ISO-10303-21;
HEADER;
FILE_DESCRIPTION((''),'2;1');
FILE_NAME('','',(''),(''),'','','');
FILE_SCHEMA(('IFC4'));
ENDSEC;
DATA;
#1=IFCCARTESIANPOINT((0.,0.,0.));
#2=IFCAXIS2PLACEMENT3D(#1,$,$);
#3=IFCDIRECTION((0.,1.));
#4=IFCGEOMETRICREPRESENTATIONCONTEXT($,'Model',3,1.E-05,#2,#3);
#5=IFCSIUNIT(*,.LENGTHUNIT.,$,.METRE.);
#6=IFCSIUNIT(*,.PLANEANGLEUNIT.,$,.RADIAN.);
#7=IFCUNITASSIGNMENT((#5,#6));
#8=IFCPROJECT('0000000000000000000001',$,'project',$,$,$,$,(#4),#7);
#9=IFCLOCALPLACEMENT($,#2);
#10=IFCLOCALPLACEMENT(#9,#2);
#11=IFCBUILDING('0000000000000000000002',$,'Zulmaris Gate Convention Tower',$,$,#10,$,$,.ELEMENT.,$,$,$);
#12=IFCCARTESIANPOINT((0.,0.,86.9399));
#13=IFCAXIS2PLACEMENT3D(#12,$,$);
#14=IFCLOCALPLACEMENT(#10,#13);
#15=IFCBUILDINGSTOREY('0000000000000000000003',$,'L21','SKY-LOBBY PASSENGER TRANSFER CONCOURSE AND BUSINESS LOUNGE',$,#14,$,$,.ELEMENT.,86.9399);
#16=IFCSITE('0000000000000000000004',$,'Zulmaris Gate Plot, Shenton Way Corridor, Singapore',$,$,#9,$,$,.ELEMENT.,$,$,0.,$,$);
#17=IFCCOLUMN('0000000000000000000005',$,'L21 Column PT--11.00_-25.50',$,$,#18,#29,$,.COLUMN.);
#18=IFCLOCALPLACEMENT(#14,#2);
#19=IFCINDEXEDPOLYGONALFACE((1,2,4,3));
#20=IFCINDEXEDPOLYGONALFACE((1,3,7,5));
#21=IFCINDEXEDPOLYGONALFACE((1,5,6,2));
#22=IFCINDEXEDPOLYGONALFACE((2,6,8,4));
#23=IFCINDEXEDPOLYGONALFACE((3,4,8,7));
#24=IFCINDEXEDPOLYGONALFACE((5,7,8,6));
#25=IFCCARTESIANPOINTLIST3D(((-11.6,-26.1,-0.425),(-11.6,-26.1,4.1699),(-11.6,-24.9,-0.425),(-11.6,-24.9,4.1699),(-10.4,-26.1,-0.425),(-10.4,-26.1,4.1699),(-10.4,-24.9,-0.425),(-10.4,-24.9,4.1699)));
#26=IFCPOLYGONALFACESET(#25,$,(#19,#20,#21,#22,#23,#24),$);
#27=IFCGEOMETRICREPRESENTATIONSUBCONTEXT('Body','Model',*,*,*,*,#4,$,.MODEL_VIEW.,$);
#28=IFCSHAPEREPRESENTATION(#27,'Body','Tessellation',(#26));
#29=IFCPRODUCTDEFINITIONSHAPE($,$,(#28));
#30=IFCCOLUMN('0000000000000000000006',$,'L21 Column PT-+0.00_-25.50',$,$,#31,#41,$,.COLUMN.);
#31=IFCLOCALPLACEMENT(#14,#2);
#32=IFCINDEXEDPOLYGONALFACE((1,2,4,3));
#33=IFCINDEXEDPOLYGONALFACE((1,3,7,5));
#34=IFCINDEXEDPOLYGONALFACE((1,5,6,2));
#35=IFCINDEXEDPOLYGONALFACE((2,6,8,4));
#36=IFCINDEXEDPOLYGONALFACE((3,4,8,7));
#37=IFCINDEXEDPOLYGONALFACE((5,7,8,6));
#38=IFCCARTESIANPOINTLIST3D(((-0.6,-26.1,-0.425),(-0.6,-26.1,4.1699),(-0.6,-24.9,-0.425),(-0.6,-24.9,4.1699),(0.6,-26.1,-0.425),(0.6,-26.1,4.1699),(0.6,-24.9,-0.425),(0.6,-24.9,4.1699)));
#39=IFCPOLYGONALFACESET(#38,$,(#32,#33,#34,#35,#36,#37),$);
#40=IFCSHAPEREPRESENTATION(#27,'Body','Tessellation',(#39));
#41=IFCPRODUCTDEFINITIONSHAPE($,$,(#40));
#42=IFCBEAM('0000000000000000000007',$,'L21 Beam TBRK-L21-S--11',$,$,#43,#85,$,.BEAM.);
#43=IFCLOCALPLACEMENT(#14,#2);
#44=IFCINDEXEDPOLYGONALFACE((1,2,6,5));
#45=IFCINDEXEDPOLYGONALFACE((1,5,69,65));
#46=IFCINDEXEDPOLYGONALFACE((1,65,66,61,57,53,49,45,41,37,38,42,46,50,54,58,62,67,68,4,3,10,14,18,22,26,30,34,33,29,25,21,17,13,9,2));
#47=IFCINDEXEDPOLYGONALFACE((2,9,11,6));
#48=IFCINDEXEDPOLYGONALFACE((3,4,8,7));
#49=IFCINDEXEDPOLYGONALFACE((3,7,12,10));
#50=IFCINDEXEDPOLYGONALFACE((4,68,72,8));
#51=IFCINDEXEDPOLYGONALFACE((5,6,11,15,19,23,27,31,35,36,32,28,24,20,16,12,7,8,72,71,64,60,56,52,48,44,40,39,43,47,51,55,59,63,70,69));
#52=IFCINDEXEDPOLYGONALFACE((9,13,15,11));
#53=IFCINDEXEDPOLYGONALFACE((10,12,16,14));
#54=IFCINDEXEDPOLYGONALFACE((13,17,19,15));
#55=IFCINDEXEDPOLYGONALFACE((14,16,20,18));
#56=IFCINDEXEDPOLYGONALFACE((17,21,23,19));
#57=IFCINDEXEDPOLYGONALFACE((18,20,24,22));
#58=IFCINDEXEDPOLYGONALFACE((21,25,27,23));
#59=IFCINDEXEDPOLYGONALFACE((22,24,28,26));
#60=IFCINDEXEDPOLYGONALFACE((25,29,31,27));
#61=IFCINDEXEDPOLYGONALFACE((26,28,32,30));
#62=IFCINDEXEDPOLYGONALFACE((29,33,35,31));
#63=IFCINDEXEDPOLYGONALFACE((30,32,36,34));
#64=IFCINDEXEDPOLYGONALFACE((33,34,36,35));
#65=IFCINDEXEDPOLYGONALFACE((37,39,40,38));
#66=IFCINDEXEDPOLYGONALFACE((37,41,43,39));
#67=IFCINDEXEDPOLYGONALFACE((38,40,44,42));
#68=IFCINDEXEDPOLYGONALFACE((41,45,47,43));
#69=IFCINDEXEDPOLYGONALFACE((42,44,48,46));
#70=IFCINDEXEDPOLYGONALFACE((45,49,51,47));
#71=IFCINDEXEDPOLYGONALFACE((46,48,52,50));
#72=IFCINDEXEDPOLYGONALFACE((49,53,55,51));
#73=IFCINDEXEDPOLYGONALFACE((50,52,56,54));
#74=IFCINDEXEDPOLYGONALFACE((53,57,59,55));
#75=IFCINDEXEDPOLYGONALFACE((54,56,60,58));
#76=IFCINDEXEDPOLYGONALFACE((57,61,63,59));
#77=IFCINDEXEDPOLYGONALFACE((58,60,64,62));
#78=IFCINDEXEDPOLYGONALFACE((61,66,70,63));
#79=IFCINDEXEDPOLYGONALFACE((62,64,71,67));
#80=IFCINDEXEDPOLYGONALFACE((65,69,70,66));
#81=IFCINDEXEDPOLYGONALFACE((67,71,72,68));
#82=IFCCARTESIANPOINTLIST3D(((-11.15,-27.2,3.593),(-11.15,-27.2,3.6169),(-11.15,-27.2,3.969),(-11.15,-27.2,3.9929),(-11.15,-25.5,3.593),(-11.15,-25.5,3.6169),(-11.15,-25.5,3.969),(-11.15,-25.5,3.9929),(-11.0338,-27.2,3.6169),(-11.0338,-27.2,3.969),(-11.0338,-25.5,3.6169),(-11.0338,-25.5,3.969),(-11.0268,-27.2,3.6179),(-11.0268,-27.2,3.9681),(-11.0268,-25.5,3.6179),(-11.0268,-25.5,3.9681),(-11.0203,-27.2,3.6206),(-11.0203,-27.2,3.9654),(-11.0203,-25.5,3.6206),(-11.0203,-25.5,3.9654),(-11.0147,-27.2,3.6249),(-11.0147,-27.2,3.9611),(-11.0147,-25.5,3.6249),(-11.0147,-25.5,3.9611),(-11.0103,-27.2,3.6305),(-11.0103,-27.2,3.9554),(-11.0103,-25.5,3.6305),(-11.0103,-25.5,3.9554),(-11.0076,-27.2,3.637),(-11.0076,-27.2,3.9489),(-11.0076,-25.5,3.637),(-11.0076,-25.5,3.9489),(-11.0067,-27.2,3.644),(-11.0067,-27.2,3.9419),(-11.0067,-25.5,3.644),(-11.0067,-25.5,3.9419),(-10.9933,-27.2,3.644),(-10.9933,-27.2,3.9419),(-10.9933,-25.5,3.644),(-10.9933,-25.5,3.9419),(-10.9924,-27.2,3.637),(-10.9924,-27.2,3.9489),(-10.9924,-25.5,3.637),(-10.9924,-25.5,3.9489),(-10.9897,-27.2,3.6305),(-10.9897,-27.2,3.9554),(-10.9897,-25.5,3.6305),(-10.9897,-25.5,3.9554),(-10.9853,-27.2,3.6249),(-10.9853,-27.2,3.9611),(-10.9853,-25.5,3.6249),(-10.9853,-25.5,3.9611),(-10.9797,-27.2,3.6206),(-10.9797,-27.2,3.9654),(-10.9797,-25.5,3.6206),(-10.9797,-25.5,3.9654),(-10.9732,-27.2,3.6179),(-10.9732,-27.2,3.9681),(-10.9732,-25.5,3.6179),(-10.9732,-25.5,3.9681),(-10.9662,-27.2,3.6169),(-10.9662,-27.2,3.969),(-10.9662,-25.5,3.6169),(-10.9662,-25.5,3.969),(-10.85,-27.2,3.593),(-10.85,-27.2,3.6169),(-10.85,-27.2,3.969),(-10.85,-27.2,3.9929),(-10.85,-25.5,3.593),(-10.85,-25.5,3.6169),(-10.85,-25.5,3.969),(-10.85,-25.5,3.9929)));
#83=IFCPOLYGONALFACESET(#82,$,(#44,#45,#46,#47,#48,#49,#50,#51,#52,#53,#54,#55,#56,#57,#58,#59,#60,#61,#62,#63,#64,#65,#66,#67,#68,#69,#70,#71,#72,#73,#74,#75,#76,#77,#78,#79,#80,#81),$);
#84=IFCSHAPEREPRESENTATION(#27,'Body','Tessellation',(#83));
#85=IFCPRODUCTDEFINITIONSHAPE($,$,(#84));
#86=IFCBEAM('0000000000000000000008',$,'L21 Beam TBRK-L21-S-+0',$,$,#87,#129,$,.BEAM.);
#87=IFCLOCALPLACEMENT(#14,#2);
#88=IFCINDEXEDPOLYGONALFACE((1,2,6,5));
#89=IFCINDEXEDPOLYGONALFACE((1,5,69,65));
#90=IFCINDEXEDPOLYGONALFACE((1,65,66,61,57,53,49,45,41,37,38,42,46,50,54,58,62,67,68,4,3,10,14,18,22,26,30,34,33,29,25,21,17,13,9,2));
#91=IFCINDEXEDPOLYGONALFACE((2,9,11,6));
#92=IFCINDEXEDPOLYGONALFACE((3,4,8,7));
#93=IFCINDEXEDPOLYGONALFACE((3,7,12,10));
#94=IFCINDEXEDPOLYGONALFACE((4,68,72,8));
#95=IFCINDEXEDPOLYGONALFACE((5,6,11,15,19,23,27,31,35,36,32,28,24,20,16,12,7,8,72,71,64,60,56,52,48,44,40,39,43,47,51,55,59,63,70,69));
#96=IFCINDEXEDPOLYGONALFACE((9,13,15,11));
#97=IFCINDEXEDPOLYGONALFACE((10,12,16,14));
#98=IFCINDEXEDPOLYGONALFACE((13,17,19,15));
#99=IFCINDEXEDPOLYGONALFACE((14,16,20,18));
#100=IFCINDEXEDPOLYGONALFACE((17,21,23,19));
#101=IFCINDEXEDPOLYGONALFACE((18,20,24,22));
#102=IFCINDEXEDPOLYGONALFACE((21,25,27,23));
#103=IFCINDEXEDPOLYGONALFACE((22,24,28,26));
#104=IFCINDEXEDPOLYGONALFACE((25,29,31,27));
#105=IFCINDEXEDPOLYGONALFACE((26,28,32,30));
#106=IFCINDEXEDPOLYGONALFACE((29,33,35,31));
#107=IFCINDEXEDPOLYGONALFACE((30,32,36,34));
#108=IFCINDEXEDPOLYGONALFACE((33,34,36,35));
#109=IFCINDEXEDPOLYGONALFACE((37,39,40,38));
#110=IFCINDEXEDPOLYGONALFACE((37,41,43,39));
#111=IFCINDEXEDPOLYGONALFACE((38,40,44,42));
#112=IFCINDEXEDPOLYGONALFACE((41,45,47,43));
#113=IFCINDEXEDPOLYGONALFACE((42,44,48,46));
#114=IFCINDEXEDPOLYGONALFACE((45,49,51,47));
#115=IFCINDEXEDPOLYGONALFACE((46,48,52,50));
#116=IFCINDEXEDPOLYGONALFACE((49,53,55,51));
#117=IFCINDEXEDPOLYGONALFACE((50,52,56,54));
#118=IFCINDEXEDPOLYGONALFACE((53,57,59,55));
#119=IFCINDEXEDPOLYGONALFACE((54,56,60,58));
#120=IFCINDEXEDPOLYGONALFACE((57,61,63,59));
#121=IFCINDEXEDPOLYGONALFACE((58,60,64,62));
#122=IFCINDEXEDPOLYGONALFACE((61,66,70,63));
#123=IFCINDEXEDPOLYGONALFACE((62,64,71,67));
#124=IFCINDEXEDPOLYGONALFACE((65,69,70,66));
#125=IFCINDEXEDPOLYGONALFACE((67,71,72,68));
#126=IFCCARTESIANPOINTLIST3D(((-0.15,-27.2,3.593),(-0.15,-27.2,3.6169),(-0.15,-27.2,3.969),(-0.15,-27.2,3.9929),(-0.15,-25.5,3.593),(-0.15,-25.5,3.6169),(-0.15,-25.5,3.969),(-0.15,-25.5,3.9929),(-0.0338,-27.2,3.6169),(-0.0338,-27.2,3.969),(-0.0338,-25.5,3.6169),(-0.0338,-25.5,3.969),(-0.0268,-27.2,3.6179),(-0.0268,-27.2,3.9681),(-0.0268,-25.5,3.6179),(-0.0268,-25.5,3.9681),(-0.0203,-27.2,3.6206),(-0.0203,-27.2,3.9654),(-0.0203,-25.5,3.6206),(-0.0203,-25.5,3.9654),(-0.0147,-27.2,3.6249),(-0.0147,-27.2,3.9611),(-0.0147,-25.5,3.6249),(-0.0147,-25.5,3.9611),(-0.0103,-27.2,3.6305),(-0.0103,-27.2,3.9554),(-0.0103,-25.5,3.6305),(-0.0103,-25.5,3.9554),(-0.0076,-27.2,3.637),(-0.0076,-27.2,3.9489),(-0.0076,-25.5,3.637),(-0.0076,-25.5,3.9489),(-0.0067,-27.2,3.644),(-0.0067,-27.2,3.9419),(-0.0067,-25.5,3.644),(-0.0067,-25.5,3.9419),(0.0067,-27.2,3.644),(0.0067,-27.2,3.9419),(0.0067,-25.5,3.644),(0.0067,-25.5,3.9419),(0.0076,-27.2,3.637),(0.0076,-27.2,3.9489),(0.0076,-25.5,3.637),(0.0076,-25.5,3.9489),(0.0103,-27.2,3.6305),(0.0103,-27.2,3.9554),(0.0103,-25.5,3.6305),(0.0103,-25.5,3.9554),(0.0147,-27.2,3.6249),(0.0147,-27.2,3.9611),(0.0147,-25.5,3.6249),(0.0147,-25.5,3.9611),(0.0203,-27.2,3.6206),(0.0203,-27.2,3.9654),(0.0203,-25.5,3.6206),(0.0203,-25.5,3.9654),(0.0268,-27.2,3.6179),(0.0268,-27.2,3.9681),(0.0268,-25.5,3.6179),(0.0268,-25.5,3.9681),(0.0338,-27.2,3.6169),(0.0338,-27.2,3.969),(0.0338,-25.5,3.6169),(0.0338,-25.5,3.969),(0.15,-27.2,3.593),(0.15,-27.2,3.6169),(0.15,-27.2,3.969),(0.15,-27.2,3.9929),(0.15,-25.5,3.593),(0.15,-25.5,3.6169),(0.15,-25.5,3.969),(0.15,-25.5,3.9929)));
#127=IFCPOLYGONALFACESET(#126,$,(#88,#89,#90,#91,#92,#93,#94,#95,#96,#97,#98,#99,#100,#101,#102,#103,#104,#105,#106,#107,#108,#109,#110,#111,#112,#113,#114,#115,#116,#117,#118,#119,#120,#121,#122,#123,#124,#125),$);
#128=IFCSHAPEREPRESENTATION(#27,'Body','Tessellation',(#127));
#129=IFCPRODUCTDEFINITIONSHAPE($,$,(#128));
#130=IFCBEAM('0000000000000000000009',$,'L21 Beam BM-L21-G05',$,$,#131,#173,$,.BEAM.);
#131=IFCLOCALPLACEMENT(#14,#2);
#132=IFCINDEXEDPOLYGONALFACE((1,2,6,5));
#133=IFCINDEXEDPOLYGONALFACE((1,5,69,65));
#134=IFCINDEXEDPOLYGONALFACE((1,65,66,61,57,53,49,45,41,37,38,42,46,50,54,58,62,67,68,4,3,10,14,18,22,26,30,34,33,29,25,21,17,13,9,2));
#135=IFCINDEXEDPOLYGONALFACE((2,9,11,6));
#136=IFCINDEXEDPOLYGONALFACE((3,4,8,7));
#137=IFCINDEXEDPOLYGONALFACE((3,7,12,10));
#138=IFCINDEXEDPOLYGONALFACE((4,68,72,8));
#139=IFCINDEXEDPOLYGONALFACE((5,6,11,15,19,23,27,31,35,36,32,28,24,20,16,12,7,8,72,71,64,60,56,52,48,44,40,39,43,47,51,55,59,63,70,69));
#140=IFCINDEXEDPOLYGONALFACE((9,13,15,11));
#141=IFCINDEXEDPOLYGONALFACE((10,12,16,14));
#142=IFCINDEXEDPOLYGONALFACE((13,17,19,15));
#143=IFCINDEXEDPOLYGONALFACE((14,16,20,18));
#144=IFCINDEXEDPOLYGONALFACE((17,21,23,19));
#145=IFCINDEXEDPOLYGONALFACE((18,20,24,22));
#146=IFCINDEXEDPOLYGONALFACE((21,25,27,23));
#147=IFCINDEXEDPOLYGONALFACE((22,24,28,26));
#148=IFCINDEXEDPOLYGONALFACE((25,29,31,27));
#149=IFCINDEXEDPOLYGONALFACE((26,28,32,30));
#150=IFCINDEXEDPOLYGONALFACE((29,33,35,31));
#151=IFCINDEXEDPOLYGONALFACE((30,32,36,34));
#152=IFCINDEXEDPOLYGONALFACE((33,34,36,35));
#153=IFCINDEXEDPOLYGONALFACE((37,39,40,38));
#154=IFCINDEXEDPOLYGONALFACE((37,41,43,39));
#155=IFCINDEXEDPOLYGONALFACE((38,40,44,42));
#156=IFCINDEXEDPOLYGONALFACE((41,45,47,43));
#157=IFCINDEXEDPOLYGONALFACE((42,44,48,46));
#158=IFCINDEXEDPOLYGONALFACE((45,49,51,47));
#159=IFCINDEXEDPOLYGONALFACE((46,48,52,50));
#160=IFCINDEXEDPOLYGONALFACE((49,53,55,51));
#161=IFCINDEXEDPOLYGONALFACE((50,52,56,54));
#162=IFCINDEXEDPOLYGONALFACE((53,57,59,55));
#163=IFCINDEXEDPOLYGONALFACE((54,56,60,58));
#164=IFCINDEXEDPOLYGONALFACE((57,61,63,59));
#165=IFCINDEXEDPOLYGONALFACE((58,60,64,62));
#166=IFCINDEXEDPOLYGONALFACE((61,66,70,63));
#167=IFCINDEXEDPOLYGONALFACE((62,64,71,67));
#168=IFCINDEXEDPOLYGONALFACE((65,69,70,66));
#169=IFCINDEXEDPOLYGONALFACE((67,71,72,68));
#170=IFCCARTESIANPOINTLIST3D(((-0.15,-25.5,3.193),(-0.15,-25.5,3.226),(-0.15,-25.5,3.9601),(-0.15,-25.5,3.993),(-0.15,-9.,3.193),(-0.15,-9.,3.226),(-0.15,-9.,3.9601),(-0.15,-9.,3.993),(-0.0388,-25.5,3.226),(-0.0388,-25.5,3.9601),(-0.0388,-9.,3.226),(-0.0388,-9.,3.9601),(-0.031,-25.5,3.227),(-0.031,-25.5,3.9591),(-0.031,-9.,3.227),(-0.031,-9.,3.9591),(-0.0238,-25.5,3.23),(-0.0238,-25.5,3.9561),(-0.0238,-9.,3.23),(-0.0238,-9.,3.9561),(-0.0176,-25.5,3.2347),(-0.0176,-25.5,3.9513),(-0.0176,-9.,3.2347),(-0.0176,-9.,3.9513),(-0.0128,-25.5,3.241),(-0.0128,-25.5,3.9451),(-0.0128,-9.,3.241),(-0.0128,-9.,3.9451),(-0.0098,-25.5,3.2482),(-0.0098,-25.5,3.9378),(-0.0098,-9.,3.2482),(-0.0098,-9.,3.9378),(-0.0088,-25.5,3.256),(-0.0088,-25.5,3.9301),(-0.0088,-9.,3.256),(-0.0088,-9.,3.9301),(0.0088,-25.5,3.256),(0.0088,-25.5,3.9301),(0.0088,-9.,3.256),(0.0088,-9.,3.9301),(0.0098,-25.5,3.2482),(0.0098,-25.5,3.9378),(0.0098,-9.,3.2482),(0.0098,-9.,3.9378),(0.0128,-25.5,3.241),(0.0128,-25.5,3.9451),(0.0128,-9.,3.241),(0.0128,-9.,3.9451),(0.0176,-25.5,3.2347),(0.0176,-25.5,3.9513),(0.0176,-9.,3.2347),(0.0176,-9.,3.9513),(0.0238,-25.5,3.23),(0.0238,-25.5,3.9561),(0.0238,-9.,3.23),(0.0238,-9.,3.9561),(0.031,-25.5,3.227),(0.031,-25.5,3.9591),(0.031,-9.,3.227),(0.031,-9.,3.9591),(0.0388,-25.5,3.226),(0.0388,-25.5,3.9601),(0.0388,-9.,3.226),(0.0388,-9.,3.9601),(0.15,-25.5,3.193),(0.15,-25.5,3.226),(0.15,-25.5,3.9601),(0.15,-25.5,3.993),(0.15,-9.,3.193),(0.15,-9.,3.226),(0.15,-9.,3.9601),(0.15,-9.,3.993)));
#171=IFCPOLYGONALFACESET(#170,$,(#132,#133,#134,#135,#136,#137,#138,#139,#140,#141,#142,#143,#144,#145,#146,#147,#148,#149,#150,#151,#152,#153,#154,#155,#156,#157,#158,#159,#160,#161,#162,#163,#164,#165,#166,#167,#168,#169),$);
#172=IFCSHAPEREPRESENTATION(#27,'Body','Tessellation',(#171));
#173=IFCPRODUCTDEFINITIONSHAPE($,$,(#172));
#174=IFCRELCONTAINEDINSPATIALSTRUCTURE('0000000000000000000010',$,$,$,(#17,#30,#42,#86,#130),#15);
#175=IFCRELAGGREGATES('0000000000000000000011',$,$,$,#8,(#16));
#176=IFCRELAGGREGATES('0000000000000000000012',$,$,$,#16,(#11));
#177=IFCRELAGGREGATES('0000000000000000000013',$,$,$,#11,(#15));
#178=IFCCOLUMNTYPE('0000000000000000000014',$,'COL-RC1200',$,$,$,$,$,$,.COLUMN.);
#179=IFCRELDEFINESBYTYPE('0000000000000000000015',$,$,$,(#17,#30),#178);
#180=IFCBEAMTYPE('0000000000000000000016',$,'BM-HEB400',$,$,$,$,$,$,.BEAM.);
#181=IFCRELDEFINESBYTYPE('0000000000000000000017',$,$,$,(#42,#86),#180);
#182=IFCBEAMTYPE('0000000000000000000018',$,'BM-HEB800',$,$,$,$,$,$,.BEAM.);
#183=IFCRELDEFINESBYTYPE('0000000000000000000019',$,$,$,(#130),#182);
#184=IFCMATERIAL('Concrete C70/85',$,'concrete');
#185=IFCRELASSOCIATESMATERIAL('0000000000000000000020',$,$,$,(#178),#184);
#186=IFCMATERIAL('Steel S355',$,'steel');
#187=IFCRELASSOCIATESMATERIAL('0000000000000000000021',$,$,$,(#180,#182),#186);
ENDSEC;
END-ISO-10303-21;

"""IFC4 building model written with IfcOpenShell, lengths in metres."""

from ifc_helpers import new_model, si_unit, direction, frame, origin, origin_2d, place, context, subcontext, project, spatial, rectangle, i_section, extrude, material, material_profile, profile_set, type_object, element, save


model = new_model("IFC4")

# Units and contexts
model_context = context("Model", 3, precision=1e-05, world=origin(), true_north=direction((0.0, 1.0)))
body_context = subcontext(model_context, "Body", "Model", "MODEL_VIEW")
ifc_project = project(units=[si_unit("LENGTHUNIT", "METRE"), si_unit("PLANEANGLEUNIT", "RADIAN")], contexts=[model_context])

# Site, building, storey
site_placement = place(None, origin())
site = spatial("IfcSite", under=ifc_project, at=site_placement, Name="Zulmaris Gate Plot, Shenton Way Corridor, Singapore", CompositionType="ELEMENT", RefElevation=0.0)
building_placement = place(site_placement, origin())
building = spatial("IfcBuilding", under=site, at=building_placement, Name="Zulmaris Gate Convention Tower", CompositionType="ELEMENT")
storey_placement = place(building_placement, frame((0.0, 0.0, 86.9399)))
storey = spatial("IfcBuildingStorey", under=building, at=storey_placement, Name="L21", Description="SKY-LOBBY PASSENGER TRANSFER CONCOURSE AND BUSINESS LOUNGE", CompositionType="ELEMENT", Elevation=86.9399)

# Columns
ifc_material_1 = material(Name="Concrete C70/85", Category="concrete")
ifc_material_profile_1 = material_profile(ifc_material_1, rectangle(XDim=1.2, YDim=1.2, at=origin_2d()), Name="RC COL 1200x1200")
ifc_profile_set_1 = profile_set([ifc_material_profile_1], Name="Concrete C70/85")
column_type = type_object("IfcColumnType", Name="COL-RC1200", PredefinedType="COLUMN", material=ifc_profile_set_1)
for number, where, z_axis, x_axis, name in (
    (1, (-11.0, -25.5, -0.425), (0.0, 0.0, 1.0), (1.0, 0.0, 0.0), "L21 Column PT--11.00_-25.50"),
    (2, (0.0, -25.5, -0.425), (0.0, 0.0, 1.0), (1.0, 0.0, 0.0), "L21 Column PT-+0.00_-25.50"),
):
    element("IfcColumn", number, at=place(storey_placement, frame(where, z_axis=z_axis, x_axis=x_axis)), inside=storey, type_object=column_type, Name=name, PredefinedType="COLUMN", context=body_context, shape_type="SweptSolid", body=[
        extrude(rectangle(XDim=1.2, YDim=1.2, at=origin_2d()), origin(), (0.0, 0.0, 1.0), 4.595),
    ])

# Beams
ifc_material_2 = material(Name="Steel S355", Category="steel")
ifc_material_profile_2 = material_profile(ifc_material_2, i_section(OverallWidth=0.3, OverallDepth=0.3999, WebThickness=0.0134, FlangeThickness=0.0239, FilletRadius=0.0271, at=origin_2d()), Name="HEB 400")
ifc_profile_set_2 = profile_set([ifc_material_profile_2], Name="Steel S355")
beam_type_1 = type_object("IfcBeamType", Name="BM-HEB400", PredefinedType="BEAM", material=ifc_profile_set_2)
for number, where, z_axis, x_axis, name in (
    (3, (-11.0, -27.2, 3.793), (0.0, 1.0, 0.0), (-1.0, 0.0, 0.0), "L21 Beam TBRK-L21-S--11"),
    (4, (0.0, -27.2, 3.793), (0.0, 1.0, 0.0), (-1.0, 0.0, 0.0), "L21 Beam TBRK-L21-S-+0"),
):
    element("IfcBeam", number, at=place(storey_placement, frame(where, z_axis=z_axis, x_axis=x_axis)), inside=storey, type_object=beam_type_1, Name=name, PredefinedType="BEAM", context=body_context, shape_type="SweptSolid", body=[
        extrude(i_section(OverallWidth=0.3, OverallDepth=0.3999, WebThickness=0.0134, FlangeThickness=0.0239, FilletRadius=0.0271, at=origin_2d()), origin(), (0.0, 0.0, 1.0), 1.7),
    ])
ifc_material_profile_3 = material_profile(ifc_material_2, i_section(OverallWidth=0.3, OverallDepth=0.8, WebThickness=0.0176, FlangeThickness=0.033, FilletRadius=0.03, at=origin_2d()), Name="HEB 800")
ifc_profile_set_3 = profile_set([ifc_material_profile_3], Name="Steel S355")
beam_type_2 = type_object("IfcBeamType", Name="BM-HEB800", PredefinedType="BEAM", material=ifc_profile_set_3)
beam_1_placement = place(storey_placement, frame((0.0, -25.5, 3.593), z_axis=(0.0, 1.0, 0.0), x_axis=(-1.0, 0.0, 0.0)))
element("IfcBeam", 5, at=beam_1_placement, inside=storey, type_object=beam_type_2, Name="L21 Beam BM-L21-G05", PredefinedType="BEAM", context=body_context, shape_type="SweptSolid", body=[
    extrude(i_section(OverallWidth=0.3, OverallDepth=0.8, WebThickness=0.0176, FlangeThickness=0.033, FilletRadius=0.03, at=origin_2d()), origin(), (0.0, 0.0, 1.0), 16.5),
])

save(model, "model.ifc")
